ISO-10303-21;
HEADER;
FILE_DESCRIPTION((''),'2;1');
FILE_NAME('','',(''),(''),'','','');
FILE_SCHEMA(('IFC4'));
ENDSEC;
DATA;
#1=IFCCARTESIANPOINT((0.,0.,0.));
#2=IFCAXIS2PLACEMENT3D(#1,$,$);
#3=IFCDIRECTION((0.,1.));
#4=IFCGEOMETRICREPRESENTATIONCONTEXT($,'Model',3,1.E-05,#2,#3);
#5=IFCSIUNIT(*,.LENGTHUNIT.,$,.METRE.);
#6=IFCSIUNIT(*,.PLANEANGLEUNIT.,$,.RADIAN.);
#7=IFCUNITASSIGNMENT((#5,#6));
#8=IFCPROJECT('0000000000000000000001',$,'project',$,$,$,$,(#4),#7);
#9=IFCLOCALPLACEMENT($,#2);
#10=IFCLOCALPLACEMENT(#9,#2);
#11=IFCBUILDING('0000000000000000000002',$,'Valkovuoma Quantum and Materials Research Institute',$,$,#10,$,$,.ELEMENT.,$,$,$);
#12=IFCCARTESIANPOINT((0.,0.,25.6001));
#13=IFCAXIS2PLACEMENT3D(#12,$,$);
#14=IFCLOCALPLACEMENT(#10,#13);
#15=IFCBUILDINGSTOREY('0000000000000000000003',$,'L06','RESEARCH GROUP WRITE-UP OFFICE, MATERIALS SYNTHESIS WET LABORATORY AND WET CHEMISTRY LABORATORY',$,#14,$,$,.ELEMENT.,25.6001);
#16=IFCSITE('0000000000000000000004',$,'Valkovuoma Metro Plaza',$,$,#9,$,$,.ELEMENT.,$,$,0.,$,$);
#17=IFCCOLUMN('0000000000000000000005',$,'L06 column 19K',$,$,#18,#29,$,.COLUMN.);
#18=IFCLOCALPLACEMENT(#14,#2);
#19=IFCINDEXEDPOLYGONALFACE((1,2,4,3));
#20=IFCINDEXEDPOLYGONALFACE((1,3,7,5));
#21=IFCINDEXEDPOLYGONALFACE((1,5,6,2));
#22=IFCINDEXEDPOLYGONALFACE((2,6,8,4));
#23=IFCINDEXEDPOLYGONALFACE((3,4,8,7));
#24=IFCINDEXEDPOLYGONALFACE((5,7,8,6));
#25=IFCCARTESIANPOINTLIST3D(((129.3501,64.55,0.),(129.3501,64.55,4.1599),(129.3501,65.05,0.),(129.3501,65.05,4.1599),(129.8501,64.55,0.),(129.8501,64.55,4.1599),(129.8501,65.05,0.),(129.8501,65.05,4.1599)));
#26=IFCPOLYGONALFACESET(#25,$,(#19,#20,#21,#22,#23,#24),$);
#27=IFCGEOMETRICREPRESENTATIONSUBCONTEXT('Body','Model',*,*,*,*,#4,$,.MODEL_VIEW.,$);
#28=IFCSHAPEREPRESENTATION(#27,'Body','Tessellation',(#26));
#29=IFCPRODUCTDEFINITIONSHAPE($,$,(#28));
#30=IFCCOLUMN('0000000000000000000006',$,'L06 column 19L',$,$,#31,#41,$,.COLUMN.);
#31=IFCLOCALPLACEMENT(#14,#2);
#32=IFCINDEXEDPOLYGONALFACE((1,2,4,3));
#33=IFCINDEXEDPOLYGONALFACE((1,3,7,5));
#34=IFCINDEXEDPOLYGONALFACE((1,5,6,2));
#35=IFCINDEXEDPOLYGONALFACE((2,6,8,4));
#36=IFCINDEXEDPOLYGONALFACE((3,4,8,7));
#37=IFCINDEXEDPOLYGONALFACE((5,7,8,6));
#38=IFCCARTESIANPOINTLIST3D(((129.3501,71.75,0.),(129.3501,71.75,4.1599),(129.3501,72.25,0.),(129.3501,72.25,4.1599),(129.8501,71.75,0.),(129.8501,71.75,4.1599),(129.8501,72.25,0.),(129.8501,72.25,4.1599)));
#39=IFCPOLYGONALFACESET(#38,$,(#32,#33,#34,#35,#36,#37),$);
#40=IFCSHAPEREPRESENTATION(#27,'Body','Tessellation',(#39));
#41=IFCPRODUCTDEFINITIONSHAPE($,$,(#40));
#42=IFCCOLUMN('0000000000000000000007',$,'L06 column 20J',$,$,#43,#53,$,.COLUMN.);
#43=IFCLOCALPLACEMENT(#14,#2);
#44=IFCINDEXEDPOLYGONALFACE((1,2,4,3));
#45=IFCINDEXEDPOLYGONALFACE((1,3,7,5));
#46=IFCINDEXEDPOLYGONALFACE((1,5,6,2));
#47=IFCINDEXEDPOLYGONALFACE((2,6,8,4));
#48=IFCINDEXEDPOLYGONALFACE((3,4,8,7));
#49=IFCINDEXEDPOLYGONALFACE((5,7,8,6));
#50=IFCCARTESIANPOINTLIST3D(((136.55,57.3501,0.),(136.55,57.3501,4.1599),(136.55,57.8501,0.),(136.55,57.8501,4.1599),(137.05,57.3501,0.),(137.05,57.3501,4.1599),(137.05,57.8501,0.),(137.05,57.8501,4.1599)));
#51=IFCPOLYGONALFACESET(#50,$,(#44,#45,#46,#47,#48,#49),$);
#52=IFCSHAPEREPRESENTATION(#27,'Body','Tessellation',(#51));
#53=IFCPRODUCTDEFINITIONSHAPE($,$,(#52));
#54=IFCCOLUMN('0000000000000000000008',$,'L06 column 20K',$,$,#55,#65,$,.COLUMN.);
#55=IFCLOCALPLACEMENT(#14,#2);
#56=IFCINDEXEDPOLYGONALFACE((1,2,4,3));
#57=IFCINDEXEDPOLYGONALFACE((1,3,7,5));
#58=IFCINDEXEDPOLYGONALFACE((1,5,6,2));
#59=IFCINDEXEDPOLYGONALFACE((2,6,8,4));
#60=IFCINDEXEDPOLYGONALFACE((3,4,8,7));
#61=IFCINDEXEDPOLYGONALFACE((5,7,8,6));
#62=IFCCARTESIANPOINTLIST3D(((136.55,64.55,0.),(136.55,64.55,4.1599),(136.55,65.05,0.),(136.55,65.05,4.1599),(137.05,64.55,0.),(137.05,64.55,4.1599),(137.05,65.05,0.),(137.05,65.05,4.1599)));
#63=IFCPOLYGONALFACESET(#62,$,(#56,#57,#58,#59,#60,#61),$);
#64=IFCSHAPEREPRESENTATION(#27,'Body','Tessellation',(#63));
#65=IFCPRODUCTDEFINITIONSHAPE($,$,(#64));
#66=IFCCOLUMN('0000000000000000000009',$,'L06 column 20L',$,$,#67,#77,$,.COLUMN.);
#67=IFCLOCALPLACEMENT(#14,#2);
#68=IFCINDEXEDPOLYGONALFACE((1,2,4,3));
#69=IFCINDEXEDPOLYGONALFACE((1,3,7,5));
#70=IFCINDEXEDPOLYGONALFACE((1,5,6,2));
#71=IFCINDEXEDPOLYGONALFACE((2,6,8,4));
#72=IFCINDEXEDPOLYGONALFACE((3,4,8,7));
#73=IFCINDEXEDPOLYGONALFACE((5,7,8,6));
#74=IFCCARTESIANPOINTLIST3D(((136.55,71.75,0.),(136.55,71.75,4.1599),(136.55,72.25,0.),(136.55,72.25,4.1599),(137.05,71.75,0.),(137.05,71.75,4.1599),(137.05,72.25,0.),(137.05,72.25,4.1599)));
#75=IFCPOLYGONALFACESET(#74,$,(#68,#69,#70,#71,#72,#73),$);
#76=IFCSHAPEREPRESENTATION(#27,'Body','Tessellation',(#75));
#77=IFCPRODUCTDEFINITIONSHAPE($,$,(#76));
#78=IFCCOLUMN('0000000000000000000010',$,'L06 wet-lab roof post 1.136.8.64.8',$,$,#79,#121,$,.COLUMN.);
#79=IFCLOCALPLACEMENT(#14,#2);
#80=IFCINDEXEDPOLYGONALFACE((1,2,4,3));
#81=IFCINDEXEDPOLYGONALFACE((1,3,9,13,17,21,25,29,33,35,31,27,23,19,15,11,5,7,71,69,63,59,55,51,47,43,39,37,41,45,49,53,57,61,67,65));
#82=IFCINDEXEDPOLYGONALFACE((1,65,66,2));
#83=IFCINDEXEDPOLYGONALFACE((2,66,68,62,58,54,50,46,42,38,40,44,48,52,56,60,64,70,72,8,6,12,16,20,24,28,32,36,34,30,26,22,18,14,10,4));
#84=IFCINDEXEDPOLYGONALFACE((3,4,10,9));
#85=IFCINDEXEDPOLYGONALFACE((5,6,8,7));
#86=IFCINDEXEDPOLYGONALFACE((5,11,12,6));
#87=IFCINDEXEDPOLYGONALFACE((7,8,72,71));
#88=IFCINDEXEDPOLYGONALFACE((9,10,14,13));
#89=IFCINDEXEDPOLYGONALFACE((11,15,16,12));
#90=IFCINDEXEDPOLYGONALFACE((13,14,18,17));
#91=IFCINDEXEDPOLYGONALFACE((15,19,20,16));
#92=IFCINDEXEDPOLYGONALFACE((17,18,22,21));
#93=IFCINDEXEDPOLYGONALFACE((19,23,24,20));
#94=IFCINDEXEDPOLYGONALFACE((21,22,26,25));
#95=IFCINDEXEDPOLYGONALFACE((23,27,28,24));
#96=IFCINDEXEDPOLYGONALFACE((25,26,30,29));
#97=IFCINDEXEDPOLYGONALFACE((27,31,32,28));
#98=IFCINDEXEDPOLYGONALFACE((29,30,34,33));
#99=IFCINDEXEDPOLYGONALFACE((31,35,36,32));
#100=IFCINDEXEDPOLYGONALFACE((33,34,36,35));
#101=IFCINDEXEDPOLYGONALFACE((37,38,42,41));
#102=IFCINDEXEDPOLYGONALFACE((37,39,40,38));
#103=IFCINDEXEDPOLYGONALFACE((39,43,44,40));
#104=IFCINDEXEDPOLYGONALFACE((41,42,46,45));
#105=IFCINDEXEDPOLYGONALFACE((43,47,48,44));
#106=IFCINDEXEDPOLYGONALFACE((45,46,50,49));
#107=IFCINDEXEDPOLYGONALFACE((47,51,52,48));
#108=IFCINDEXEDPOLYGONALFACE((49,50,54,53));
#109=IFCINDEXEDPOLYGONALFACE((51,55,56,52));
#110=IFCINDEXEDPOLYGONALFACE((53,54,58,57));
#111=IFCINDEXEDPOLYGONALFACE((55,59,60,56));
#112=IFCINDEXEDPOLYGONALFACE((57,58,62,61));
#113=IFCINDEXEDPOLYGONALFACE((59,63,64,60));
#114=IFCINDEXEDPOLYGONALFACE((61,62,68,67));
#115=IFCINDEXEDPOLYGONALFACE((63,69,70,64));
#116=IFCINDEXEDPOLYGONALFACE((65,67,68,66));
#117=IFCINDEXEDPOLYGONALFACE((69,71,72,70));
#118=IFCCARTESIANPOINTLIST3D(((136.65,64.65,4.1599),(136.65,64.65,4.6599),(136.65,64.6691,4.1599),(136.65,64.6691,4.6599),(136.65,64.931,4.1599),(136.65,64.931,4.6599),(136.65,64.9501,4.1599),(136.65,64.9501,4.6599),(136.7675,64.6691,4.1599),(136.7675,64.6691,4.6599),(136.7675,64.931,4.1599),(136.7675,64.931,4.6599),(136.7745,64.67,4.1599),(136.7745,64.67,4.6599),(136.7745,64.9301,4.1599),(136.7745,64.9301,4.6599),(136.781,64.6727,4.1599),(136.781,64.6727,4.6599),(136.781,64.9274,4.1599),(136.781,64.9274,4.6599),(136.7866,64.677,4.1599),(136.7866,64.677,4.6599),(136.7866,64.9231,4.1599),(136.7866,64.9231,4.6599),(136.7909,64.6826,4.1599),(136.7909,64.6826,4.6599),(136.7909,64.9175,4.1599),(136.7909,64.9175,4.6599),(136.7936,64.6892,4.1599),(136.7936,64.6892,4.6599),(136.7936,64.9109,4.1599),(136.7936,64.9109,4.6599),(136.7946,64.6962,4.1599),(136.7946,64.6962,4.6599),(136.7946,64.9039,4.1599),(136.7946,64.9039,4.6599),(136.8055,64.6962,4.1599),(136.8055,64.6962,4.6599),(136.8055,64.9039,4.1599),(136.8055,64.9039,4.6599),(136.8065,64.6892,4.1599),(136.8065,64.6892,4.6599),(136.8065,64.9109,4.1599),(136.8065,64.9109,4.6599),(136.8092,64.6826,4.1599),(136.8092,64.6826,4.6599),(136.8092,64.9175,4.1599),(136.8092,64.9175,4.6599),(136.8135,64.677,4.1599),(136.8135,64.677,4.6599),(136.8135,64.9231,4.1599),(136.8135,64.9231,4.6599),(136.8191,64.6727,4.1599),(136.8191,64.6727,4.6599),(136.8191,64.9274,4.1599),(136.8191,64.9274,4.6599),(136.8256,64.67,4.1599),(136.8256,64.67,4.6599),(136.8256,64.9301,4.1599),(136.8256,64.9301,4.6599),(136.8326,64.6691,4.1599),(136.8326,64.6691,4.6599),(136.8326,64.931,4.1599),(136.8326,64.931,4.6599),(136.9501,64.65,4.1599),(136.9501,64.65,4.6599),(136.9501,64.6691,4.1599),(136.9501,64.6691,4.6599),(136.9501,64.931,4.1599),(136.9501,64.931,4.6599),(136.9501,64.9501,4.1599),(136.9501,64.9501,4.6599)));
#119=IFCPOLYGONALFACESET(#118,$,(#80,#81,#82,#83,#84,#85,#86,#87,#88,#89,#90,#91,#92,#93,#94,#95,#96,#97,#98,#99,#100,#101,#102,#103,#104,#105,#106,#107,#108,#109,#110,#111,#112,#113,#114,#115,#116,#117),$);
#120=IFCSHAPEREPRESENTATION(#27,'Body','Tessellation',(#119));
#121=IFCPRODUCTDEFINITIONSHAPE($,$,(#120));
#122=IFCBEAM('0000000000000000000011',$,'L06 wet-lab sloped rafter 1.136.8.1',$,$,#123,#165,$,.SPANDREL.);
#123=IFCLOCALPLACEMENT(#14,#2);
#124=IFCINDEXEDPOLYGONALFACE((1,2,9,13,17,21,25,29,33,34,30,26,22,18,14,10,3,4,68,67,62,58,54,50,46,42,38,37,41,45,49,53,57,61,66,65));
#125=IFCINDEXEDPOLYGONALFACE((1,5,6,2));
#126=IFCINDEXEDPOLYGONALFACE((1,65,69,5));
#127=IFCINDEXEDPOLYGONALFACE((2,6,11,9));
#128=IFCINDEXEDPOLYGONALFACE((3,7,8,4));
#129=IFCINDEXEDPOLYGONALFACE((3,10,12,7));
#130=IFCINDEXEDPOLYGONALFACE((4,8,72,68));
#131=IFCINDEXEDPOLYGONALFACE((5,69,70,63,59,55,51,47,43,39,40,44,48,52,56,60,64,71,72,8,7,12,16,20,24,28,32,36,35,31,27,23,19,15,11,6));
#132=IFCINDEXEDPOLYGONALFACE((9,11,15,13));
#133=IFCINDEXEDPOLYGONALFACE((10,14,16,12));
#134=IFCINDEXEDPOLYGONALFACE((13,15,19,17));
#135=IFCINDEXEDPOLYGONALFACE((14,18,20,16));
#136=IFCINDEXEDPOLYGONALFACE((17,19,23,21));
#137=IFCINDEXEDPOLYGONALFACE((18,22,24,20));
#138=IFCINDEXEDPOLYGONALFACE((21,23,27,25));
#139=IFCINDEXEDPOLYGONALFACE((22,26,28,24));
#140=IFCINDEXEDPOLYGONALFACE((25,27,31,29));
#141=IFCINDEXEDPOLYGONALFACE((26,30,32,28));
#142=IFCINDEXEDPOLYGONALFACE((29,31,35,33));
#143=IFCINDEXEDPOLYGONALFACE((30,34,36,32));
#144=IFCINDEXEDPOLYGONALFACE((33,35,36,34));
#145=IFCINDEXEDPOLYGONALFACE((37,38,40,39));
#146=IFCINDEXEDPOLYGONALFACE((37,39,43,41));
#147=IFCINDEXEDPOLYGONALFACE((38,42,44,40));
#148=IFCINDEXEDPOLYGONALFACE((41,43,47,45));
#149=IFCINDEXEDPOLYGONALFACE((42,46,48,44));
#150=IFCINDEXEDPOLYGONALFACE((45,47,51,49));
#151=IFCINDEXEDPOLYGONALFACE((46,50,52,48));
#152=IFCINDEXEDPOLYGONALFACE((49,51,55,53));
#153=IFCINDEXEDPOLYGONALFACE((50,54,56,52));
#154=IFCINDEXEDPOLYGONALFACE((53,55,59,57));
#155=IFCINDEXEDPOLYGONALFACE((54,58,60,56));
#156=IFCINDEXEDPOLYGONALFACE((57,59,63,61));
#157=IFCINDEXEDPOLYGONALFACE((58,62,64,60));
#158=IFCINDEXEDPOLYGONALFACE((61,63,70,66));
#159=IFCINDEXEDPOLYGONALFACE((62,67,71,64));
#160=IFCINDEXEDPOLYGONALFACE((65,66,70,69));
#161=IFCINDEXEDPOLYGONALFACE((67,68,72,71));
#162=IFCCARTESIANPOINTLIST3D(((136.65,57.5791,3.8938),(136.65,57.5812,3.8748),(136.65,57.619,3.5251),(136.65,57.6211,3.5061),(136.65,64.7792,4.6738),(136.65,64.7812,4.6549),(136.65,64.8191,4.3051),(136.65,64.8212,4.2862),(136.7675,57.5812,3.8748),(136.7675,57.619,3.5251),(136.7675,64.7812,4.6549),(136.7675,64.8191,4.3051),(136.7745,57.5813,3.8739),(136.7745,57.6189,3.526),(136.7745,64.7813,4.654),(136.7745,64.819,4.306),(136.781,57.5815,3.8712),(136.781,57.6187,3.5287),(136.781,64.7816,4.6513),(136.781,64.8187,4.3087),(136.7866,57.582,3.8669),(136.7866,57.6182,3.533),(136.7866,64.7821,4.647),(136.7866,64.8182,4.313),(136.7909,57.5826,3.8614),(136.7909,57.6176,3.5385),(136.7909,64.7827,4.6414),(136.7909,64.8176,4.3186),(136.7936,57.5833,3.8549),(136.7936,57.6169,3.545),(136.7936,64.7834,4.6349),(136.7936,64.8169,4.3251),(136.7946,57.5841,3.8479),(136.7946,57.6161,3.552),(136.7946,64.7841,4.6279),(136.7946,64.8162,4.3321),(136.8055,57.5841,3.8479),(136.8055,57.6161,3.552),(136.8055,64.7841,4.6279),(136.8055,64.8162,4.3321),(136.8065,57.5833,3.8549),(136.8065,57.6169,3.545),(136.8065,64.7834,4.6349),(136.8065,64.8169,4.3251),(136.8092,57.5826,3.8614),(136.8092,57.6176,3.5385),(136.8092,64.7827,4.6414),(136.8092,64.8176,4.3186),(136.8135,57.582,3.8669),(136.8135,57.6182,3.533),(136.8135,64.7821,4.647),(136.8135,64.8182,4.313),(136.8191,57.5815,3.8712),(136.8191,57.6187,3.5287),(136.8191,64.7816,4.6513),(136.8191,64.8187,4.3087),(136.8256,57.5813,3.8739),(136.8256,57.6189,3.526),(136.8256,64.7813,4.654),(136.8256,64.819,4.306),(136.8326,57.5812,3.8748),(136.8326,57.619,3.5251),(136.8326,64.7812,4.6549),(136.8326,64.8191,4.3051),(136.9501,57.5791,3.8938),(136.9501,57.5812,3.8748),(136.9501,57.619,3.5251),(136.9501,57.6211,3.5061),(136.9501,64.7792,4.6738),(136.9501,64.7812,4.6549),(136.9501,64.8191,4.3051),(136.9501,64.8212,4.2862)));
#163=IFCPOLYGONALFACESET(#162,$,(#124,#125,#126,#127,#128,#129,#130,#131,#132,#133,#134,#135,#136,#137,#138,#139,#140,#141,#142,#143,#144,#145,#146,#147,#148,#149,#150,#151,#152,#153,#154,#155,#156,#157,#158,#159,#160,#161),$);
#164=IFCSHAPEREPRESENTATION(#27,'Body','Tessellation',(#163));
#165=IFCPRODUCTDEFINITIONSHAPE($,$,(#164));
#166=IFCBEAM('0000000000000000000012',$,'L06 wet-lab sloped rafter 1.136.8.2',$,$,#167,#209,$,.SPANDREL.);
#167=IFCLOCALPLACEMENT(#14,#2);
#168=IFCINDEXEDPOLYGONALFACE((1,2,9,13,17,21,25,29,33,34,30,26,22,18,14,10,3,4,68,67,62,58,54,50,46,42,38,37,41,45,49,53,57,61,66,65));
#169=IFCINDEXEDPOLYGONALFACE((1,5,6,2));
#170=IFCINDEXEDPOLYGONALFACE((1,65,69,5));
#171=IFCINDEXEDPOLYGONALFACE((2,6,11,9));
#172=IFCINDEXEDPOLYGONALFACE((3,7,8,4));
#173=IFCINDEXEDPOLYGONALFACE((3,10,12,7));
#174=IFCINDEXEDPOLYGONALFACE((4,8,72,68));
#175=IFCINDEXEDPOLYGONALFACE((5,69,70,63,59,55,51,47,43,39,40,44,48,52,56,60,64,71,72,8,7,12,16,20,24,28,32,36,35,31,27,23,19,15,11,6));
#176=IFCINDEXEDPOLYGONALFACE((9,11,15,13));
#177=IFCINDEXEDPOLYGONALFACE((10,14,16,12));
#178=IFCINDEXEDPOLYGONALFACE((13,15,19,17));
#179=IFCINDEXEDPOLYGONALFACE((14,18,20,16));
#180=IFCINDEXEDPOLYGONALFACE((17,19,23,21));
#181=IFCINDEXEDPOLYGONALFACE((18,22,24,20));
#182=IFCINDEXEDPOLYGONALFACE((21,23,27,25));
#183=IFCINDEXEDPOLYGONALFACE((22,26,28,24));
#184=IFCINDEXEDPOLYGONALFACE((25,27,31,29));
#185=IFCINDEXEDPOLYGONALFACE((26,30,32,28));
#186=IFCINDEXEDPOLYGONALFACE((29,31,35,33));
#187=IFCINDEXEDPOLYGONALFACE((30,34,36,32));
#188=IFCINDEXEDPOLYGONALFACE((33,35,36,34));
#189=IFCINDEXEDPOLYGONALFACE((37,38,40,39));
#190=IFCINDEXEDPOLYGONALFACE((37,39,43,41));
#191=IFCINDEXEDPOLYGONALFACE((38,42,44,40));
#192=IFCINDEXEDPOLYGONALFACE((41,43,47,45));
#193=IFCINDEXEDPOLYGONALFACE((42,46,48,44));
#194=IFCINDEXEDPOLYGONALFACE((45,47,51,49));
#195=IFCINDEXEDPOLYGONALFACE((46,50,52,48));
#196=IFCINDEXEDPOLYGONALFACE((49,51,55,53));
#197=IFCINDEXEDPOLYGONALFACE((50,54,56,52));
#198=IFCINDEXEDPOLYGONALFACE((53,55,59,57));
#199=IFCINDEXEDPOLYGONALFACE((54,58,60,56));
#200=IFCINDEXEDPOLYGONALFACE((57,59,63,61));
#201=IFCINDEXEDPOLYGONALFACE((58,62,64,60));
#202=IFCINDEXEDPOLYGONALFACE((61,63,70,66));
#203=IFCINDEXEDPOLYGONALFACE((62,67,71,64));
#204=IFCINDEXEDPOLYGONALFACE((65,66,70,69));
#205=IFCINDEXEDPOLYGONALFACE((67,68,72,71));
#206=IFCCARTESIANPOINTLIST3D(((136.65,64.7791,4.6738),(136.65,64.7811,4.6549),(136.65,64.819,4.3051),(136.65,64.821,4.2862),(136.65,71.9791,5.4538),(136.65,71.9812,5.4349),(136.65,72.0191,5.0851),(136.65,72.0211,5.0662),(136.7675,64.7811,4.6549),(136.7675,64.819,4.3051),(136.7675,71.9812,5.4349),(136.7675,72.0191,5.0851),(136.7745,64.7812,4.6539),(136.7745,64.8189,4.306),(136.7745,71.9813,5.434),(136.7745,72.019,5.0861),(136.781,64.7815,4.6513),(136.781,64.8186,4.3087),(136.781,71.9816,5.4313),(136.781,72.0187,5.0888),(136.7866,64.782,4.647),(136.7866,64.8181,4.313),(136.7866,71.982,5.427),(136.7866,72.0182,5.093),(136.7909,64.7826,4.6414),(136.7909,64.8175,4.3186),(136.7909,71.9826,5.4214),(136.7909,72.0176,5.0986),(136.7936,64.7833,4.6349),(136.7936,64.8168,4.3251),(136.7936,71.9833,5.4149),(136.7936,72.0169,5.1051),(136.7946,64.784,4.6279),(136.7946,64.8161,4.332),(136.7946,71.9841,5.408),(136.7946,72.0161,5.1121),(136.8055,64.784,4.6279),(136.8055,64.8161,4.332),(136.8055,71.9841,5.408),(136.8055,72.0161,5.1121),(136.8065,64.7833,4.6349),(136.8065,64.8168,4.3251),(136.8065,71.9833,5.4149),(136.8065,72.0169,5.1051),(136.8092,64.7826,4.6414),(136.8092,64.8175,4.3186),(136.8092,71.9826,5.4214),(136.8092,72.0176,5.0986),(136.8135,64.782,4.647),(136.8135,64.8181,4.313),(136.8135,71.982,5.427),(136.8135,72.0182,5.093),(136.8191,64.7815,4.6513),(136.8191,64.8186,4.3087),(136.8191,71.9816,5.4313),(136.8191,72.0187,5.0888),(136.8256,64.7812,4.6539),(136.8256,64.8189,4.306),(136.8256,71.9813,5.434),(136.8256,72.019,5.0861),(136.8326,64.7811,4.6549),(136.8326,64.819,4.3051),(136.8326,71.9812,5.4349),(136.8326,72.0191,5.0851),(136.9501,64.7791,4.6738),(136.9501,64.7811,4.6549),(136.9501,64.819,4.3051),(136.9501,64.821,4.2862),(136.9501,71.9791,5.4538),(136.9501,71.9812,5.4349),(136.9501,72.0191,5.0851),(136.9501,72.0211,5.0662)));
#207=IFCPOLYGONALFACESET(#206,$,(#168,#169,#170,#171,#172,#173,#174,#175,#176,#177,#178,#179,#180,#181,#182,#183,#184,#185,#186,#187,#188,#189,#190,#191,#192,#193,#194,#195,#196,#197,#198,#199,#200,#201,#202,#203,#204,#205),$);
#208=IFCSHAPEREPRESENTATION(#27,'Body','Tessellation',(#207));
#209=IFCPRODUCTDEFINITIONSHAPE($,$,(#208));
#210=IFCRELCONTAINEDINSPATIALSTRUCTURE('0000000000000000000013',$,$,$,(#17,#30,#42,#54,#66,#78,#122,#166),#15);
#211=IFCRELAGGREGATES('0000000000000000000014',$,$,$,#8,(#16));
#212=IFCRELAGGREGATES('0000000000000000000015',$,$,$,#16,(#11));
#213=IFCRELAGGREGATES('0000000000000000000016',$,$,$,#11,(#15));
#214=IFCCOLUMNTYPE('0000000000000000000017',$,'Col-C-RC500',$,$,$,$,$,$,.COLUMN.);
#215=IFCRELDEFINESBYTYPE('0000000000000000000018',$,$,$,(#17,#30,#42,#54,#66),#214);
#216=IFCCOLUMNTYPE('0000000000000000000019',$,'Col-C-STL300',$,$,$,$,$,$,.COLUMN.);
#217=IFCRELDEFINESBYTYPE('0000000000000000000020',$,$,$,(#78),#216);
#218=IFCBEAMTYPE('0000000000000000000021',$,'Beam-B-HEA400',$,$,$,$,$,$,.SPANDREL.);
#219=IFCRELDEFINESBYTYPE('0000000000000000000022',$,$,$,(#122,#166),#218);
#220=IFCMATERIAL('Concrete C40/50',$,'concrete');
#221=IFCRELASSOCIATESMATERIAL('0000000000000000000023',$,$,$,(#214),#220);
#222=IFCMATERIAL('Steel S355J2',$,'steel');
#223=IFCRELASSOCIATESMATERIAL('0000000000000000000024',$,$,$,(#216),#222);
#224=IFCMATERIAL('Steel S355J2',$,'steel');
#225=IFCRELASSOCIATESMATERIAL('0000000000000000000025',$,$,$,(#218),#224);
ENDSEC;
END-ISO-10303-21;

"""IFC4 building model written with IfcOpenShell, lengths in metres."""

from ifc_helpers import new_model, si_unit, direction, frame, origin, origin_2d, place, context, subcontext, project, spatial, rectangle, i_section, extrude, material, material_profile, profile_set, type_object, element, save


model = new_model("IFC4")

# Units and contexts
model_context = context("Model", 3, precision=1e-05, world=origin(), true_north=direction((0.0, 1.0)))
body_context = subcontext(model_context, "Body", "Model", "MODEL_VIEW")
ifc_project = project(units=[si_unit("LENGTHUNIT", "METRE"), si_unit("PLANEANGLEUNIT", "RADIAN")], contexts=[model_context])

# Site, building, storey
site_placement = place(None, origin())
site = spatial("IfcSite", under=ifc_project, at=site_placement, Name="Valkovuoma Metro Plaza", CompositionType="ELEMENT", RefElevation=0.0)
building_placement = place(site_placement, origin())
building = spatial("IfcBuilding", under=site, at=building_placement, Name="Valkovuoma Quantum and Materials Research Institute", CompositionType="ELEMENT")
storey_placement = place(building_placement, frame((0.0, 0.0, 25.6001)))
storey = spatial("IfcBuildingStorey", under=building, at=storey_placement, Name="L06", Description="RESEARCH GROUP WRITE-UP OFFICE, MATERIALS SYNTHESIS WET LABORATORY AND WET CHEMISTRY LABORATORY", CompositionType="ELEMENT", Elevation=25.6001)

# Columns
ifc_material_1 = material(Name="Concrete C40/50", Category="concrete")
ifc_material_profile_1 = material_profile(ifc_material_1, rectangle(XDim=0.5, YDim=0.5, at=origin_2d()), Name="Concrete C40/50")
ifc_profile_set_1 = profile_set([ifc_material_profile_1], Name="Concrete C40/50")
column_type_1 = type_object("IfcColumnType", Name="Col-C-RC500", PredefinedType="COLUMN", material=ifc_profile_set_1)
for number, where, z_axis, x_axis, name in (
    (1, (129.6001, 64.8, 0.0), (0.0, 0.0, 1.0), (1.0, 0.0, 0.0), "L06 column 19K"),
    (2, (129.6001, 72.0, 0.0), (0.0, 0.0, 1.0), (1.0, 0.0, 0.0), "L06 column 19L"),
    (3, (136.8, 57.6001, 0.0), (0.0, 0.0, 1.0), (1.0, 0.0, 0.0), "L06 column 20J"),
    (4, (136.8, 64.8, 0.0), (0.0, 0.0, 1.0), (1.0, 0.0, 0.0), "L06 column 20K"),
    (5, (136.8, 72.0, 0.0), (0.0, 0.0, 1.0), (1.0, 0.0, 0.0), "L06 column 20L"),
):
    element("IfcColumn", number, at=place(storey_placement, frame(where, z_axis=z_axis, x_axis=x_axis)), inside=storey, type_object=column_type_1, Name=name, PredefinedType="COLUMN", context=body_context, shape_type="SweptSolid", body=[
        extrude(rectangle(XDim=0.5, YDim=0.5, at=origin_2d()), origin(), (0.0, 0.0, 1.0), 4.1599),
    ])
ifc_material_2 = material(Name="Steel S355J2", Category="steel")
ifc_material_profile_2 = material_profile(ifc_material_2, i_section(OverallWidth=0.3, OverallDepth=0.3, WebThickness=0.011, FlangeThickness=0.019, FilletRadius=0.0271, at=origin_2d()), Name="Steel S355J2")
ifc_profile_set_2 = profile_set([ifc_material_profile_2], Name="Steel S355J2")
column_type_2 = type_object("IfcColumnType", Name="Col-C-STL300", PredefinedType="COLUMN", material=ifc_profile_set_2)
column_placement = place(storey_placement, frame((136.8, 64.8, 4.1599), z_axis=(0.0, 0.0, 1.0), x_axis=(1.0, 0.0, 0.0)))
element("IfcColumn", 6, at=column_placement, inside=storey, type_object=column_type_2, Name="L06 wet-lab roof post 1.136.8.64.8", PredefinedType="COLUMN", context=body_context, shape_type="SweptSolid", body=[
    extrude(i_section(OverallWidth=0.3, OverallDepth=0.3, WebThickness=0.011, FlangeThickness=0.019, FilletRadius=0.0271, at=origin_2d()), origin(), (0.0, 0.0, 1.0), 0.5),
])

# Beams
ifc_material_3 = material(Name="Steel S355J2", Category="steel")
ifc_material_profile_3 = material_profile(ifc_material_3, i_section(OverallWidth=0.3, OverallDepth=0.3899, WebThickness=0.011, FlangeThickness=0.019, FilletRadius=0.0271, at=origin_2d()), Name="Steel S355J2")
ifc_profile_set_3 = profile_set([ifc_material_profile_3], Name="Steel S355J2")
beam_type_1 = type_object("IfcBeamType", Name="Beam-B-HEA400", PredefinedType="SPANDREL", material=ifc_profile_set_3)
for number, where, z_axis, x_axis, name in (
    (7, (136.8, 57.6001, 3.7), (0.0, 0.994183, 0.107708), (-1.0, 0.0, 0.0), "L06 wet-lab sloped rafter 1.136.8.1"),
    (8, (136.8, 64.8, 4.48), (0.0, 0.994183, 0.107708), (-1.0, 0.0, 0.0), "L06 wet-lab sloped rafter 1.136.8.2"),
):
    element("IfcBeam", number, at=place(storey_placement, frame(where, z_axis=z_axis, x_axis=x_axis)), inside=storey, type_object=beam_type_1, Name=name, PredefinedType="SPANDREL", context=body_context, shape_type="SweptSolid", body=[
        extrude(i_section(OverallWidth=0.3, OverallDepth=0.3899, WebThickness=0.011, FlangeThickness=0.019, FilletRadius=0.0271, at=origin_2d()), origin(), (0.0, 0.0, 1.0), 7.2422),
    ])

save(model, "model.ifc")
